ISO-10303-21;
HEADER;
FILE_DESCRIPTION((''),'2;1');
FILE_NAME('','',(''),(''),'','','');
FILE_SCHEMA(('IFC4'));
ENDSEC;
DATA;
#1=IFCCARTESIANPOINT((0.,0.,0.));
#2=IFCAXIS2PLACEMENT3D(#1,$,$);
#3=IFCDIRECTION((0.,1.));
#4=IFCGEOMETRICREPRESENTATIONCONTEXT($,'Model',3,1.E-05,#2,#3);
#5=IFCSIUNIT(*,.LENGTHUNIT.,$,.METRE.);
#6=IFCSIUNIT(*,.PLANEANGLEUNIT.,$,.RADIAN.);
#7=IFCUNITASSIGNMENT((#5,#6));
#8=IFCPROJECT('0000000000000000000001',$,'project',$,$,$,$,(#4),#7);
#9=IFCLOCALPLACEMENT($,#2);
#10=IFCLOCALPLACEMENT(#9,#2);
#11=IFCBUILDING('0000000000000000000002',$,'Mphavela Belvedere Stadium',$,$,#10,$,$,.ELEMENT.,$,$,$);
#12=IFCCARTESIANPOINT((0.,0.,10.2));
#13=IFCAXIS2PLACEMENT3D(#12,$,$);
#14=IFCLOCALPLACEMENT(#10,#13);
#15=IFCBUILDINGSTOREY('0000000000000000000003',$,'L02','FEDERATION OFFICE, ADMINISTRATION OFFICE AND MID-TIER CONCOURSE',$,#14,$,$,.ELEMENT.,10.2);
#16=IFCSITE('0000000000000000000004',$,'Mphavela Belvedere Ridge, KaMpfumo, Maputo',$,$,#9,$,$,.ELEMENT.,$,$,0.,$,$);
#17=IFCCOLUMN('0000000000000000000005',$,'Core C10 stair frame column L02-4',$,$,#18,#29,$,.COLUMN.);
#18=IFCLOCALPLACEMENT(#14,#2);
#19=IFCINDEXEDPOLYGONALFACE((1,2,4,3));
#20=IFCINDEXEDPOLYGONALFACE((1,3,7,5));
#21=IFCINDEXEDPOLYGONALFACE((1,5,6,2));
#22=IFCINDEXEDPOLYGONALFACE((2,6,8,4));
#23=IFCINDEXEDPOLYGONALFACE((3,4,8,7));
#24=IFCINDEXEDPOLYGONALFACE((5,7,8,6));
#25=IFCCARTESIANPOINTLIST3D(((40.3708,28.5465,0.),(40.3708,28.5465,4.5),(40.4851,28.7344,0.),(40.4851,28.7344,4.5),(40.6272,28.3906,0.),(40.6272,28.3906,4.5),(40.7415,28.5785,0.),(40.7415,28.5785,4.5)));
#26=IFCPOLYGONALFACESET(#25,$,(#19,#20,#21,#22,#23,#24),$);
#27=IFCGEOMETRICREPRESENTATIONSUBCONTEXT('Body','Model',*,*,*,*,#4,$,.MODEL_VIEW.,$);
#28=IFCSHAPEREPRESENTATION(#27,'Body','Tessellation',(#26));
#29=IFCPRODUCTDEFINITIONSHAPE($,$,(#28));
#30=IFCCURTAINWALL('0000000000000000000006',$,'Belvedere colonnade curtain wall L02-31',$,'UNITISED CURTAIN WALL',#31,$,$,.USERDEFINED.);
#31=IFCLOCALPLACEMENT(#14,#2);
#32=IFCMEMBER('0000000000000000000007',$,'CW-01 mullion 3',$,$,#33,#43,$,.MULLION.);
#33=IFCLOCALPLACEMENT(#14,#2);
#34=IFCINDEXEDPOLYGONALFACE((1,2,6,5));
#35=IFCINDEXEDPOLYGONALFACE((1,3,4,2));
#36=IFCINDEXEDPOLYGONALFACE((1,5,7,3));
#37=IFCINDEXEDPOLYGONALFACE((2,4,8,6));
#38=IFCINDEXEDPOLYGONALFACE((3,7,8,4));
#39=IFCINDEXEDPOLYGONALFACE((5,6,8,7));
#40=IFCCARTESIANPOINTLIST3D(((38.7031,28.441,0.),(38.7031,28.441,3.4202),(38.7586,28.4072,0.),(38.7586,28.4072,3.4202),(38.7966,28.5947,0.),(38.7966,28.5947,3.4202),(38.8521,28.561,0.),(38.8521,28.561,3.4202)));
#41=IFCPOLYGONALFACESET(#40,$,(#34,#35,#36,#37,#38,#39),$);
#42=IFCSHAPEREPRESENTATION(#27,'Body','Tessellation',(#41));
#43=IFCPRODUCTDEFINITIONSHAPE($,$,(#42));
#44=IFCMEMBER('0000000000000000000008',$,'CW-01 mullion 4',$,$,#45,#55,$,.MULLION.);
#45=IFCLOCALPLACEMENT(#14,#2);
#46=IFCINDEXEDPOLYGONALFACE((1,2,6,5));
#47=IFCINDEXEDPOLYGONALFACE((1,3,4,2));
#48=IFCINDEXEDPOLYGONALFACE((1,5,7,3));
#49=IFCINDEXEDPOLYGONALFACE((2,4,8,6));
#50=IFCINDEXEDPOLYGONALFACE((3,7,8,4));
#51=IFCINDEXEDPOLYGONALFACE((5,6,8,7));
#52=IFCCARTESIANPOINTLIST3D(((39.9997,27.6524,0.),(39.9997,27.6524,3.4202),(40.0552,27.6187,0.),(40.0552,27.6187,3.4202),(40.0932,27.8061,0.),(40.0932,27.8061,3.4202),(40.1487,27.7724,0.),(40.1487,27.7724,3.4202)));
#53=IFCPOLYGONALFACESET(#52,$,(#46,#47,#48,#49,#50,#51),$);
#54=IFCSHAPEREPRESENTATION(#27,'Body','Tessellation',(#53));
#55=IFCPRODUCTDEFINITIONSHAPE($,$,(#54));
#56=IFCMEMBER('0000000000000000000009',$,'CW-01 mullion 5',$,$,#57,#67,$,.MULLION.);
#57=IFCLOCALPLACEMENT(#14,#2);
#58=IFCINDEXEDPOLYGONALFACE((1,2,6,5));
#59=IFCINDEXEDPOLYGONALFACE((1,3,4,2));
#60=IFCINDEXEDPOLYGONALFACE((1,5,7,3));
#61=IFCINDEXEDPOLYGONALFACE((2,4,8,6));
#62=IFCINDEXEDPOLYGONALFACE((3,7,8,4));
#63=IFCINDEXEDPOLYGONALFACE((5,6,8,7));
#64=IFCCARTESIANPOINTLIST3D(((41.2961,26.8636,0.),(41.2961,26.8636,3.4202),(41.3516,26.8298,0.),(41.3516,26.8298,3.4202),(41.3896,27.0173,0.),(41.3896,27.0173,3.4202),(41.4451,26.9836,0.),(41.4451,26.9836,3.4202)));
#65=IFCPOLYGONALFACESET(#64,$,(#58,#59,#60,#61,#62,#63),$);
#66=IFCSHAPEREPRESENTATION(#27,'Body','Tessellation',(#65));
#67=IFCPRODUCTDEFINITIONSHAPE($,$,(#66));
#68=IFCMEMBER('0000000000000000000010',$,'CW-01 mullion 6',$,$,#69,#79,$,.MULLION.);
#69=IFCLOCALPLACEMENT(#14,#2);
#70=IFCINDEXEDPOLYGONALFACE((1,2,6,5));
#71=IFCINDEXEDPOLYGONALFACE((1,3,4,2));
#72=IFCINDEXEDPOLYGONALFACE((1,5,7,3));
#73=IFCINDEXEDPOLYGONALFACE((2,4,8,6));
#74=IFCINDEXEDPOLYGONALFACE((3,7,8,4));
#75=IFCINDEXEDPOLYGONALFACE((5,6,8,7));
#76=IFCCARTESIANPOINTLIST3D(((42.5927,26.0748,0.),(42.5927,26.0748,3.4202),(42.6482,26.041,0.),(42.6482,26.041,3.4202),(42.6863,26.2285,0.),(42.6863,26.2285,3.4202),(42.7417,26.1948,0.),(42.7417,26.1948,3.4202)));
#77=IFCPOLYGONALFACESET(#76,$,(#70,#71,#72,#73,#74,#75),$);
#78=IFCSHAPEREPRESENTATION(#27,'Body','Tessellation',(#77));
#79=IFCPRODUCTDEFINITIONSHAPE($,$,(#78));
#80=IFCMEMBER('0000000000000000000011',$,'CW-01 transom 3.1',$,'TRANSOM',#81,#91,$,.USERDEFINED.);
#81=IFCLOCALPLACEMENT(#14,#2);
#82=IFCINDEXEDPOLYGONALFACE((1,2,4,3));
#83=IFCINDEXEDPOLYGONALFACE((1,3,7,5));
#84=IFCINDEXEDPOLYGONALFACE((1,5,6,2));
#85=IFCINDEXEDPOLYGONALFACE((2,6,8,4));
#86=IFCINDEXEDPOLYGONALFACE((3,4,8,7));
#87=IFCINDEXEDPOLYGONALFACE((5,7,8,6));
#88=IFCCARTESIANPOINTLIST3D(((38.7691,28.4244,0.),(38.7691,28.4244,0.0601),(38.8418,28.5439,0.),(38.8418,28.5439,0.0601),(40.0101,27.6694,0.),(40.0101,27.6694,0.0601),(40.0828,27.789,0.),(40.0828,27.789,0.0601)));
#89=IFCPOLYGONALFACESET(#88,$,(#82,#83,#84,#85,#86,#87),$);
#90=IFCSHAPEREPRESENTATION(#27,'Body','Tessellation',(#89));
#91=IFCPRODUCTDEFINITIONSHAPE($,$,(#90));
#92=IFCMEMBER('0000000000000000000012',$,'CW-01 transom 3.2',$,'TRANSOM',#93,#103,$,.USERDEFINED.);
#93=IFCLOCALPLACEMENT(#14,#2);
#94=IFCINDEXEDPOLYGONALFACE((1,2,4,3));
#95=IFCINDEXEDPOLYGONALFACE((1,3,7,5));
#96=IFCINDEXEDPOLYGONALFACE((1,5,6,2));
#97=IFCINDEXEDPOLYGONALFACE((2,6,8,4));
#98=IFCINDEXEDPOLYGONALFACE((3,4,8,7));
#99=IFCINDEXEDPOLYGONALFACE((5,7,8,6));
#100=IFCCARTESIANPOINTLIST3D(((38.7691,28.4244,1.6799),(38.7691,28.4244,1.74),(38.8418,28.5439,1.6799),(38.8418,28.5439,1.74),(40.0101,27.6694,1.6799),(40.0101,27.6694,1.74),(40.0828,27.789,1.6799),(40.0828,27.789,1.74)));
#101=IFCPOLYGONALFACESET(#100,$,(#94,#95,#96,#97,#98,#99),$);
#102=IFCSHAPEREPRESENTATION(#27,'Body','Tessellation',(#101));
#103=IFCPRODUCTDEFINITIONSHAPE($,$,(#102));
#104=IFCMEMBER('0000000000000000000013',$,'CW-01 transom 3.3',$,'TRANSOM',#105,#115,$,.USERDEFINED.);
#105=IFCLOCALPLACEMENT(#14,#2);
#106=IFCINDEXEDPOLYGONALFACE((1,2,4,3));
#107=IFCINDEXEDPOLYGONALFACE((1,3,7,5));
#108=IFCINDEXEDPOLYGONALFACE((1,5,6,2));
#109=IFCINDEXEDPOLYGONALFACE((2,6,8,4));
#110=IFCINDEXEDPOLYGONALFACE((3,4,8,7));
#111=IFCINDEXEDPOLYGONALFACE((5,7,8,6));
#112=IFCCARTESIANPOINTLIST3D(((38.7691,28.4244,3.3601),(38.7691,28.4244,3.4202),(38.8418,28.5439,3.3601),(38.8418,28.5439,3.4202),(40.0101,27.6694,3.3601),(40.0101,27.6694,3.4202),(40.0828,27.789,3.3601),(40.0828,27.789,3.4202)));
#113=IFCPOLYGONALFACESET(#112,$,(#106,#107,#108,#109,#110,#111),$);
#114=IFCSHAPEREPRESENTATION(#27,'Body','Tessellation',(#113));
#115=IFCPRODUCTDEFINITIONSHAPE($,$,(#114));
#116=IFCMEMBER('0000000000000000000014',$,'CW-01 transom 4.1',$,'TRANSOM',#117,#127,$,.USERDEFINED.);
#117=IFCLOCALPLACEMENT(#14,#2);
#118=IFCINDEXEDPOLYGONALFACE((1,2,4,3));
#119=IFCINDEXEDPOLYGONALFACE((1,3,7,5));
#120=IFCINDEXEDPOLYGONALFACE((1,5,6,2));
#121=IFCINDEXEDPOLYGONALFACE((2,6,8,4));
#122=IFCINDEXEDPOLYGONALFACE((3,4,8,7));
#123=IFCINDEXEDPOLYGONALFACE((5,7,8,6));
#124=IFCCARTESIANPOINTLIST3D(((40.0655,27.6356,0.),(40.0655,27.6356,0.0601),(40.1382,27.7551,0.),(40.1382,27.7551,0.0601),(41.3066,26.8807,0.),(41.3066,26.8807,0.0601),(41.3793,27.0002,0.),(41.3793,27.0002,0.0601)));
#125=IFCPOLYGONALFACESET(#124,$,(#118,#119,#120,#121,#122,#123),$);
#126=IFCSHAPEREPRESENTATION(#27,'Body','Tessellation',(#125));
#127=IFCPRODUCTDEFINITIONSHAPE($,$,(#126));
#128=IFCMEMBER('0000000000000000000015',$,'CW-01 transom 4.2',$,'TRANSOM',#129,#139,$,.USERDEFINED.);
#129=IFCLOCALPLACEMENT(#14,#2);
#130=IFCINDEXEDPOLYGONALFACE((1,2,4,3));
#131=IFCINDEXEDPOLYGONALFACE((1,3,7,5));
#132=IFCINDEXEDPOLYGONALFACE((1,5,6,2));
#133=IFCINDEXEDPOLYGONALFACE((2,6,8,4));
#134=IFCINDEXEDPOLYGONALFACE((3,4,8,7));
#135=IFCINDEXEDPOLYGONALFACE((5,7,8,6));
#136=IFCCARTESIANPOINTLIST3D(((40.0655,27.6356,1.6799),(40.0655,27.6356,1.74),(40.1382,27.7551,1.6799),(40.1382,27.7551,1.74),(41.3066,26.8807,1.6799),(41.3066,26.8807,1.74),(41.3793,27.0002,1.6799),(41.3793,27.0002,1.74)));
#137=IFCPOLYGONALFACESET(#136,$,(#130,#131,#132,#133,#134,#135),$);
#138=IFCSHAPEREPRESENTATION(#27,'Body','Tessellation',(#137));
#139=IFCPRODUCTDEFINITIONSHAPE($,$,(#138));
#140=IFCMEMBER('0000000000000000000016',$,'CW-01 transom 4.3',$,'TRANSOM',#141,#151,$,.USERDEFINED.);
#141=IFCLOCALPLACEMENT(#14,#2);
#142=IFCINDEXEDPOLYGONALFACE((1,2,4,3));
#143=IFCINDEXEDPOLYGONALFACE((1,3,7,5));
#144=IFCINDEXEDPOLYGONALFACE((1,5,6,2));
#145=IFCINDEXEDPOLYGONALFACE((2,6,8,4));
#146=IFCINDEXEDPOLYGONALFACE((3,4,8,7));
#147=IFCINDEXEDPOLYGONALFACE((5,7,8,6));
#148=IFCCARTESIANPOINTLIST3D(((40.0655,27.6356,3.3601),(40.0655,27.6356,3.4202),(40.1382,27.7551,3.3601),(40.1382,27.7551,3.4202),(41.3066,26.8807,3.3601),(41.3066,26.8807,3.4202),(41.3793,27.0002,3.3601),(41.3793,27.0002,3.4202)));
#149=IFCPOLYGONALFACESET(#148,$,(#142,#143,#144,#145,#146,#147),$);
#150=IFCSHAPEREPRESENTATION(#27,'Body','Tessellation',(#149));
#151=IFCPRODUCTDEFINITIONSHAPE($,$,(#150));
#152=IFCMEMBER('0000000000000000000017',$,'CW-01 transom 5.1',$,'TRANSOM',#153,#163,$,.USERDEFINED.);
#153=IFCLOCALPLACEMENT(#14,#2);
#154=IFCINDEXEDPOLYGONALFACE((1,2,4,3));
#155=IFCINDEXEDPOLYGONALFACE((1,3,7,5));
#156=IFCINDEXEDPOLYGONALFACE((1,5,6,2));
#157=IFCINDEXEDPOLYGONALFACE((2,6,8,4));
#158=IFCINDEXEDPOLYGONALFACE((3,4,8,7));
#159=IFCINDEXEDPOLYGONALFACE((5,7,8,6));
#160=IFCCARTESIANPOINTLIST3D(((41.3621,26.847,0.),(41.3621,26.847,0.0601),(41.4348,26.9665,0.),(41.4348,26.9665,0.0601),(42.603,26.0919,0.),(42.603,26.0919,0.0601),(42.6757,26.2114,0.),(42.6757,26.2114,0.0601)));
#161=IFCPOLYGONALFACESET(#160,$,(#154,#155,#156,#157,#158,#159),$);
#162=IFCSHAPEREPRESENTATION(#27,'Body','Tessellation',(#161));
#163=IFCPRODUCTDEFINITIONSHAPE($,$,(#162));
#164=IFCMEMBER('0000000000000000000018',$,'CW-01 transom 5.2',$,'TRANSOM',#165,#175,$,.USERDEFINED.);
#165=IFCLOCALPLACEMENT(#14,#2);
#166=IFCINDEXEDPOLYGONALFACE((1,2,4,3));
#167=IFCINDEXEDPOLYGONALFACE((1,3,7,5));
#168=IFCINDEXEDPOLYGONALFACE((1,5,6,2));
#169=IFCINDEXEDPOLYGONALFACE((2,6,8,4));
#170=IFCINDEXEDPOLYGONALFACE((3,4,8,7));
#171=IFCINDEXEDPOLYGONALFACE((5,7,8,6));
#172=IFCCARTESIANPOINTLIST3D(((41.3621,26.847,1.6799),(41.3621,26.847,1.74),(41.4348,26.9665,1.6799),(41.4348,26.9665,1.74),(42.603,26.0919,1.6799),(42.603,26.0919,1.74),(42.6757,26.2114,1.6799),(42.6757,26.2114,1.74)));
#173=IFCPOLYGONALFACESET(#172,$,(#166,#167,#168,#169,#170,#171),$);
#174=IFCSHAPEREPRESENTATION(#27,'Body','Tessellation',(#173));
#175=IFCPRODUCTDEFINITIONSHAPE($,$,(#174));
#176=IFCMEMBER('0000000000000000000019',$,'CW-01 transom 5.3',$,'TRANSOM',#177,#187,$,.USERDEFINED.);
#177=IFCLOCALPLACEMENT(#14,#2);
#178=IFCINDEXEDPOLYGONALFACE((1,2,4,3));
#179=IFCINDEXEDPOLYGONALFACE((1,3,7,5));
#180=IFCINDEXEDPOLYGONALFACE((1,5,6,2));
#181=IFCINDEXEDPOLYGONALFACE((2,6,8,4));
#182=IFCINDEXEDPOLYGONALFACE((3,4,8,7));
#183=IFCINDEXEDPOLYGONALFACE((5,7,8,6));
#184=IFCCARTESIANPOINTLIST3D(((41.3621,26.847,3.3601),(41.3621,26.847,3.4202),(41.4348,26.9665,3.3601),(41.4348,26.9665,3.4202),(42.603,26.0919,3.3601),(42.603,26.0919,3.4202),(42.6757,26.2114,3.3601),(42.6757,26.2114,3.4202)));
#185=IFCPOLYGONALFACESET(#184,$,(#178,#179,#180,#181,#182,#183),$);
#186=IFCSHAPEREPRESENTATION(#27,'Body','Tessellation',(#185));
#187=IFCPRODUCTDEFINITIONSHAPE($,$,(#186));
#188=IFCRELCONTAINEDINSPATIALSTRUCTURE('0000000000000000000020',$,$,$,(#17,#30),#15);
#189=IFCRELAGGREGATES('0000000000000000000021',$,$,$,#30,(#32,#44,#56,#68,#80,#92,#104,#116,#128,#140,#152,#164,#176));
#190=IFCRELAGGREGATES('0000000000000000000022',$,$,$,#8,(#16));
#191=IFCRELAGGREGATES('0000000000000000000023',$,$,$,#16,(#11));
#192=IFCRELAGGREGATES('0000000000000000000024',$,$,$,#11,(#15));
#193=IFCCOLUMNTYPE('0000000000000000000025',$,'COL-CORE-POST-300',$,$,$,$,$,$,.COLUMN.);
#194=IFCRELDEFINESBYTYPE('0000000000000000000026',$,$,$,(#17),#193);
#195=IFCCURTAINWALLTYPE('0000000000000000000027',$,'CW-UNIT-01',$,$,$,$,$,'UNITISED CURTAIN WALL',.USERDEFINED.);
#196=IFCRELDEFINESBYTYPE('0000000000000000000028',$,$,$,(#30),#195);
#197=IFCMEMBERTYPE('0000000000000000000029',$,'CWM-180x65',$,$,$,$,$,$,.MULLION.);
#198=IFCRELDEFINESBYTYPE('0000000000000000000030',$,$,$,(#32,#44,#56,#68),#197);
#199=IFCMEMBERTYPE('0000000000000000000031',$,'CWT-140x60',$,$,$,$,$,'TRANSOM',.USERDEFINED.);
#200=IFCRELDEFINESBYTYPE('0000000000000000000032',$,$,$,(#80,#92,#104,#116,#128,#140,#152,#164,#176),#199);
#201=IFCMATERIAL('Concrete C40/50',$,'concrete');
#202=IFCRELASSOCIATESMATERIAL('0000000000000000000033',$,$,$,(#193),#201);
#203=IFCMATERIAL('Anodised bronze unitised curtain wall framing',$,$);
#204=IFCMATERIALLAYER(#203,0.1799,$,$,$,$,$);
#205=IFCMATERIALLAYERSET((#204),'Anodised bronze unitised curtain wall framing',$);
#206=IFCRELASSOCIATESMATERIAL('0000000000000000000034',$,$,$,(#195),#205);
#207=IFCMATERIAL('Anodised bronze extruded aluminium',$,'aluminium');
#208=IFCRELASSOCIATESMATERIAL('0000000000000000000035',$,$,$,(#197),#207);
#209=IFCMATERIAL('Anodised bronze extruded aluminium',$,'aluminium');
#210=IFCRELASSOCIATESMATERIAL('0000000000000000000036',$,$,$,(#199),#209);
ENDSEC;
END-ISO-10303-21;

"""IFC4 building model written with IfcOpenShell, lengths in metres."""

from ifc_helpers import new_model, si_unit, direction, frame, origin, origin_2d, place, context, subcontext, project, spatial, rectangle, extrude, material, layer, layer_set, material_profile, profile_set, type_object, element, aggregate, save


model = new_model("IFC4")

# Units and contexts
model_context = context("Model", 3, precision=1e-05, world=origin(), true_north=direction((0.0, 1.0)))
body_context = subcontext(model_context, "Body", "Model", "MODEL_VIEW")
ifc_project = project(units=[si_unit("LENGTHUNIT", "METRE"), si_unit("PLANEANGLEUNIT", "RADIAN")], contexts=[model_context])

# Site, building, storey
site_placement = place(None, origin())
site = spatial("IfcSite", under=ifc_project, at=site_placement, Name="Mphavela Belvedere Ridge, KaMpfumo, Maputo", CompositionType="ELEMENT", RefElevation=0.0)
building_placement = place(site_placement, origin())
building = spatial("IfcBuilding", under=site, at=building_placement, Name="Mphavela Belvedere Stadium", CompositionType="ELEMENT")
storey_placement = place(building_placement, frame((0.0, 0.0, 10.2)))
storey = spatial("IfcBuildingStorey", under=building, at=storey_placement, Name="L02", Description="FEDERATION OFFICE, ADMINISTRATION OFFICE AND MID-TIER CONCOURSE", CompositionType="ELEMENT", Elevation=10.2)

# Column
ifc_material_1 = material(Name="Concrete C40/50", Category="concrete")
ifc_material_profile_1 = material_profile(ifc_material_1, rectangle(XDim=0.3, YDim=0.22, at=origin_2d()), Name="RC 300x220")
ifc_profile_set_1 = profile_set([ifc_material_profile_1], Name="Concrete C40/50")
column_type = type_object("IfcColumnType", Name="COL-CORE-POST-300", PredefinedType="COLUMN", material=ifc_profile_set_1)
column_placement = place(storey_placement, frame((40.5562, 28.5625, 0.0), z_axis=(0.0, 0.0, 1.0), x_axis=(-0.854368, 0.519668, 0.0)))
element("IfcColumn", 1, at=column_placement, inside=storey, type_object=column_type, Name="Core C10 stair frame column L02-4", PredefinedType="COLUMN", context=body_context, shape_type="SweptSolid", body=[
    extrude(rectangle(XDim=0.3, YDim=0.22, at=origin_2d()), origin(), (0.0, 0.0, 1.0), 4.5),
])

# Curtain wall, members
ifc_material_2 = material(Name="Anodised bronze unitised curtain wall framing")
ifc_layer_1 = layer(ifc_material_2, 0.1799)
ifc_layer_set_1 = layer_set([ifc_layer_1], Name="Anodised bronze unitised curtain wall framing")
curtain_wall_type = type_object("IfcCurtainWallType", Name="CW-UNIT-01", ElementType="UNITISED CURTAIN WALL", PredefinedType="USERDEFINED", material=ifc_layer_set_1)
curtain_wall_placement = place(storey_placement, origin())
curtain_wall = element("IfcCurtainWall", 2, at=curtain_wall_placement, inside=storey, type_object=curtain_wall_type, Name="Belvedere colonnade curtain wall L02-31", ObjectType="UNITISED CURTAIN WALL", PredefinedType="USERDEFINED")
ifc_material_3 = material(Name="Anodised bronze extruded aluminium", Category="aluminium")
ifc_material_profile_2 = material_profile(ifc_material_3, rectangle(XDim=0.1799, YDim=0.0649, at=origin_2d()), Name="CW-MUL 180x65")
ifc_profile_set_2 = profile_set([ifc_material_profile_2], Name="Anodised bronze extruded aluminium")
member_type_1 = type_object("IfcMemberType", Name="CWM-180x65", PredefinedType="MULLION", material=ifc_profile_set_2)
member_1_placement = place(storey_placement, frame((38.7776, 28.501, 0.0), z_axis=(0.0, 0.0, 1.0), x_axis=(0.519732, 0.85433, 0.0)))
member_1 = element("IfcMember", 3, at=member_1_placement, type_object=member_type_1, Name="CW-01 mullion 3", PredefinedType="MULLION", context=body_context, shape_type="SweptSolid", body=[
    extrude(rectangle(XDim=0.1799, YDim=0.0649, at=origin_2d()), origin(), (0.0, 0.0, 1.0), 3.4202),
])
member_2_placement = place(storey_placement, frame((40.0742, 27.7124, 0.0), z_axis=(0.0, 0.0, 1.0), x_axis=(0.519732, 0.85433, 0.0)))
member_2 = element("IfcMember", 4, at=member_2_placement, type_object=member_type_1, Name="CW-01 mullion 4", PredefinedType="MULLION", context=body_context, shape_type="SweptSolid", body=[
    extrude(rectangle(XDim=0.1799, YDim=0.0649, at=origin_2d()), origin(), (0.0, 0.0, 1.0), 3.4202),
])
member_3_placement = place(storey_placement, frame((41.3706, 26.9236, 0.0), z_axis=(0.0, 0.0, 1.0), x_axis=(0.519732, 0.85433, 0.0)))
member_3 = element("IfcMember", 5, at=member_3_placement, type_object=member_type_1, Name="CW-01 mullion 5", PredefinedType="MULLION", context=body_context, shape_type="SweptSolid", body=[
    extrude(rectangle(XDim=0.1799, YDim=0.0649, at=origin_2d()), origin(), (0.0, 0.0, 1.0), 3.4202),
])
member_4_placement = place(storey_placement, frame((42.6672, 26.1348, 0.0), z_axis=(0.0, 0.0, 1.0), x_axis=(0.519732, 0.85433, 0.0)))
member_4 = element("IfcMember", 6, at=member_4_placement, type_object=member_type_1, Name="CW-01 mullion 6", PredefinedType="MULLION", context=body_context, shape_type="SweptSolid", body=[
    extrude(rectangle(XDim=0.1799, YDim=0.0649, at=origin_2d()), origin(), (0.0, 0.0, 1.0), 3.4202),
])
ifc_material_4 = material(Name="Anodised bronze extruded aluminium", Category="aluminium")
ifc_material_profile_3 = material_profile(ifc_material_4, rectangle(XDim=0.1399, YDim=0.0601, at=origin_2d()), Name="CW-TRN 140x60")
ifc_profile_set_3 = profile_set([ifc_material_profile_3], Name="Anodised bronze extruded aluminium")
member_type_2 = type_object("IfcMemberType", Name="CWT-140x60", ElementType="TRANSOM", PredefinedType="USERDEFINED", material=ifc_profile_set_3)
member_5_placement = place(storey_placement, frame((38.8054, 28.4841, 0.03), z_axis=(0.854348, -0.519702, 0.0), x_axis=(0.519702, 0.854348, 0.0)))
member_5 = element("IfcMember", 7, at=member_5_placement, type_object=member_type_2, Name="CW-01 transom 3.1", ObjectType="TRANSOM", PredefinedType="USERDEFINED", context=body_context, shape_type="SweptSolid", body=[
    extrude(rectangle(XDim=0.1399, YDim=0.0601, at=origin_2d()), origin(), (0.0, 0.0, 1.0), 1.4526),
])
member_6_placement = place(storey_placement, frame((38.8054, 28.4841, 1.71), z_axis=(0.854348, -0.519702, 0.0), x_axis=(0.519702, 0.854348, 0.0)))
member_6 = element("IfcMember", 8, at=member_6_placement, type_object=member_type_2, Name="CW-01 transom 3.2", ObjectType="TRANSOM", PredefinedType="USERDEFINED", context=body_context, shape_type="SweptSolid", body=[
    extrude(rectangle(XDim=0.1399, YDim=0.0601, at=origin_2d()), origin(), (0.0, 0.0, 1.0), 1.4526),
])
member_7_placement = place(storey_placement, frame((38.8054, 28.4841, 3.3901), z_axis=(0.854348, -0.519702, 0.0), x_axis=(0.519702, 0.854348, 0.0)))
member_7 = element("IfcMember", 9, at=member_7_placement, type_object=member_type_2, Name="CW-01 transom 3.3", ObjectType="TRANSOM", PredefinedType="USERDEFINED", context=body_context, shape_type="SweptSolid", body=[
    extrude(rectangle(XDim=0.1399, YDim=0.0601, at=origin_2d()), origin(), (0.0, 0.0, 1.0), 1.4526),
])
member_8_placement = place(storey_placement, frame((40.1018, 27.6953, 0.03), z_axis=(0.854393, -0.519627, 0.0), x_axis=(0.519627, 0.854393, 0.0)))
member_8 = element("IfcMember", 10, at=member_8_placement, type_object=member_type_2, Name="CW-01 transom 4.1", ObjectType="TRANSOM", PredefinedType="USERDEFINED", context=body_context, shape_type="SweptSolid", body=[
    extrude(rectangle(XDim=0.1399, YDim=0.0601, at=origin_2d()), origin(), (0.0, 0.0, 1.0), 1.4526),
])
member_9_placement = place(storey_placement, frame((40.1018, 27.6953, 1.71), z_axis=(0.854393, -0.519627, 0.0), x_axis=(0.519627, 0.854393, 0.0)))
member_9 = element("IfcMember", 11, at=member_9_placement, type_object=member_type_2, Name="CW-01 transom 4.2", ObjectType="TRANSOM", PredefinedType="USERDEFINED", context=body_context, shape_type="SweptSolid", body=[
    extrude(rectangle(XDim=0.1399, YDim=0.0601, at=origin_2d()), origin(), (0.0, 0.0, 1.0), 1.4526),
])
member_10_placement = place(storey_placement, frame((40.1018, 27.6953, 3.3901), z_axis=(0.854393, -0.519627, 0.0), x_axis=(0.519627, 0.854393, 0.0)))
member_10 = element("IfcMember", 12, at=member_10_placement, type_object=member_type_2, Name="CW-01 transom 4.3", ObjectType="TRANSOM", PredefinedType="USERDEFINED", context=body_context, shape_type="SweptSolid", body=[
    extrude(rectangle(XDim=0.1399, YDim=0.0601, at=origin_2d()), origin(), (0.0, 0.0, 1.0), 1.4526),
])
member_11_placement = place(storey_placement, frame((41.3984, 26.9067, 0.03), z_axis=(0.854273, -0.519824, 0.0), x_axis=(0.519824, 0.854273, 0.0)))
member_11 = element("IfcMember", 13, at=member_11_placement, type_object=member_type_2, Name="CW-01 transom 5.1", ObjectType="TRANSOM", PredefinedType="USERDEFINED", context=body_context, shape_type="SweptSolid", body=[
    extrude(rectangle(XDim=0.1399, YDim=0.0601, at=origin_2d()), origin(), (0.0, 0.0, 1.0), 1.4526),
])
member_12_placement = place(storey_placement, frame((41.3984, 26.9067, 1.71), z_axis=(0.854273, -0.519824, 0.0), x_axis=(0.519824, 0.854273, 0.0)))
member_12 = element("IfcMember", 14, at=member_12_placement, type_object=member_type_2, Name="CW-01 transom 5.2", ObjectType="TRANSOM", PredefinedType="USERDEFINED", context=body_context, shape_type="SweptSolid", body=[
    extrude(rectangle(XDim=0.1399, YDim=0.0601, at=origin_2d()), origin(), (0.0, 0.0, 1.0), 1.4526),
])
member_13_placement = place(storey_placement, frame((41.3984, 26.9067, 3.3901), z_axis=(0.854273, -0.519824, 0.0), x_axis=(0.519824, 0.854273, 0.0)))
member_13 = element("IfcMember", 15, at=member_13_placement, type_object=member_type_2, Name="CW-01 transom 5.3", ObjectType="TRANSOM", PredefinedType="USERDEFINED", context=body_context, shape_type="SweptSolid", body=[
    extrude(rectangle(XDim=0.1399, YDim=0.0601, at=origin_2d()), origin(), (0.0, 0.0, 1.0), 1.4526),
])
aggregate(curtain_wall, [member_1, member_2, member_3, member_4, member_5, member_6, member_7, member_8, member_9, member_10, member_11, member_12, member_13])

save(model, "model.ifc")
